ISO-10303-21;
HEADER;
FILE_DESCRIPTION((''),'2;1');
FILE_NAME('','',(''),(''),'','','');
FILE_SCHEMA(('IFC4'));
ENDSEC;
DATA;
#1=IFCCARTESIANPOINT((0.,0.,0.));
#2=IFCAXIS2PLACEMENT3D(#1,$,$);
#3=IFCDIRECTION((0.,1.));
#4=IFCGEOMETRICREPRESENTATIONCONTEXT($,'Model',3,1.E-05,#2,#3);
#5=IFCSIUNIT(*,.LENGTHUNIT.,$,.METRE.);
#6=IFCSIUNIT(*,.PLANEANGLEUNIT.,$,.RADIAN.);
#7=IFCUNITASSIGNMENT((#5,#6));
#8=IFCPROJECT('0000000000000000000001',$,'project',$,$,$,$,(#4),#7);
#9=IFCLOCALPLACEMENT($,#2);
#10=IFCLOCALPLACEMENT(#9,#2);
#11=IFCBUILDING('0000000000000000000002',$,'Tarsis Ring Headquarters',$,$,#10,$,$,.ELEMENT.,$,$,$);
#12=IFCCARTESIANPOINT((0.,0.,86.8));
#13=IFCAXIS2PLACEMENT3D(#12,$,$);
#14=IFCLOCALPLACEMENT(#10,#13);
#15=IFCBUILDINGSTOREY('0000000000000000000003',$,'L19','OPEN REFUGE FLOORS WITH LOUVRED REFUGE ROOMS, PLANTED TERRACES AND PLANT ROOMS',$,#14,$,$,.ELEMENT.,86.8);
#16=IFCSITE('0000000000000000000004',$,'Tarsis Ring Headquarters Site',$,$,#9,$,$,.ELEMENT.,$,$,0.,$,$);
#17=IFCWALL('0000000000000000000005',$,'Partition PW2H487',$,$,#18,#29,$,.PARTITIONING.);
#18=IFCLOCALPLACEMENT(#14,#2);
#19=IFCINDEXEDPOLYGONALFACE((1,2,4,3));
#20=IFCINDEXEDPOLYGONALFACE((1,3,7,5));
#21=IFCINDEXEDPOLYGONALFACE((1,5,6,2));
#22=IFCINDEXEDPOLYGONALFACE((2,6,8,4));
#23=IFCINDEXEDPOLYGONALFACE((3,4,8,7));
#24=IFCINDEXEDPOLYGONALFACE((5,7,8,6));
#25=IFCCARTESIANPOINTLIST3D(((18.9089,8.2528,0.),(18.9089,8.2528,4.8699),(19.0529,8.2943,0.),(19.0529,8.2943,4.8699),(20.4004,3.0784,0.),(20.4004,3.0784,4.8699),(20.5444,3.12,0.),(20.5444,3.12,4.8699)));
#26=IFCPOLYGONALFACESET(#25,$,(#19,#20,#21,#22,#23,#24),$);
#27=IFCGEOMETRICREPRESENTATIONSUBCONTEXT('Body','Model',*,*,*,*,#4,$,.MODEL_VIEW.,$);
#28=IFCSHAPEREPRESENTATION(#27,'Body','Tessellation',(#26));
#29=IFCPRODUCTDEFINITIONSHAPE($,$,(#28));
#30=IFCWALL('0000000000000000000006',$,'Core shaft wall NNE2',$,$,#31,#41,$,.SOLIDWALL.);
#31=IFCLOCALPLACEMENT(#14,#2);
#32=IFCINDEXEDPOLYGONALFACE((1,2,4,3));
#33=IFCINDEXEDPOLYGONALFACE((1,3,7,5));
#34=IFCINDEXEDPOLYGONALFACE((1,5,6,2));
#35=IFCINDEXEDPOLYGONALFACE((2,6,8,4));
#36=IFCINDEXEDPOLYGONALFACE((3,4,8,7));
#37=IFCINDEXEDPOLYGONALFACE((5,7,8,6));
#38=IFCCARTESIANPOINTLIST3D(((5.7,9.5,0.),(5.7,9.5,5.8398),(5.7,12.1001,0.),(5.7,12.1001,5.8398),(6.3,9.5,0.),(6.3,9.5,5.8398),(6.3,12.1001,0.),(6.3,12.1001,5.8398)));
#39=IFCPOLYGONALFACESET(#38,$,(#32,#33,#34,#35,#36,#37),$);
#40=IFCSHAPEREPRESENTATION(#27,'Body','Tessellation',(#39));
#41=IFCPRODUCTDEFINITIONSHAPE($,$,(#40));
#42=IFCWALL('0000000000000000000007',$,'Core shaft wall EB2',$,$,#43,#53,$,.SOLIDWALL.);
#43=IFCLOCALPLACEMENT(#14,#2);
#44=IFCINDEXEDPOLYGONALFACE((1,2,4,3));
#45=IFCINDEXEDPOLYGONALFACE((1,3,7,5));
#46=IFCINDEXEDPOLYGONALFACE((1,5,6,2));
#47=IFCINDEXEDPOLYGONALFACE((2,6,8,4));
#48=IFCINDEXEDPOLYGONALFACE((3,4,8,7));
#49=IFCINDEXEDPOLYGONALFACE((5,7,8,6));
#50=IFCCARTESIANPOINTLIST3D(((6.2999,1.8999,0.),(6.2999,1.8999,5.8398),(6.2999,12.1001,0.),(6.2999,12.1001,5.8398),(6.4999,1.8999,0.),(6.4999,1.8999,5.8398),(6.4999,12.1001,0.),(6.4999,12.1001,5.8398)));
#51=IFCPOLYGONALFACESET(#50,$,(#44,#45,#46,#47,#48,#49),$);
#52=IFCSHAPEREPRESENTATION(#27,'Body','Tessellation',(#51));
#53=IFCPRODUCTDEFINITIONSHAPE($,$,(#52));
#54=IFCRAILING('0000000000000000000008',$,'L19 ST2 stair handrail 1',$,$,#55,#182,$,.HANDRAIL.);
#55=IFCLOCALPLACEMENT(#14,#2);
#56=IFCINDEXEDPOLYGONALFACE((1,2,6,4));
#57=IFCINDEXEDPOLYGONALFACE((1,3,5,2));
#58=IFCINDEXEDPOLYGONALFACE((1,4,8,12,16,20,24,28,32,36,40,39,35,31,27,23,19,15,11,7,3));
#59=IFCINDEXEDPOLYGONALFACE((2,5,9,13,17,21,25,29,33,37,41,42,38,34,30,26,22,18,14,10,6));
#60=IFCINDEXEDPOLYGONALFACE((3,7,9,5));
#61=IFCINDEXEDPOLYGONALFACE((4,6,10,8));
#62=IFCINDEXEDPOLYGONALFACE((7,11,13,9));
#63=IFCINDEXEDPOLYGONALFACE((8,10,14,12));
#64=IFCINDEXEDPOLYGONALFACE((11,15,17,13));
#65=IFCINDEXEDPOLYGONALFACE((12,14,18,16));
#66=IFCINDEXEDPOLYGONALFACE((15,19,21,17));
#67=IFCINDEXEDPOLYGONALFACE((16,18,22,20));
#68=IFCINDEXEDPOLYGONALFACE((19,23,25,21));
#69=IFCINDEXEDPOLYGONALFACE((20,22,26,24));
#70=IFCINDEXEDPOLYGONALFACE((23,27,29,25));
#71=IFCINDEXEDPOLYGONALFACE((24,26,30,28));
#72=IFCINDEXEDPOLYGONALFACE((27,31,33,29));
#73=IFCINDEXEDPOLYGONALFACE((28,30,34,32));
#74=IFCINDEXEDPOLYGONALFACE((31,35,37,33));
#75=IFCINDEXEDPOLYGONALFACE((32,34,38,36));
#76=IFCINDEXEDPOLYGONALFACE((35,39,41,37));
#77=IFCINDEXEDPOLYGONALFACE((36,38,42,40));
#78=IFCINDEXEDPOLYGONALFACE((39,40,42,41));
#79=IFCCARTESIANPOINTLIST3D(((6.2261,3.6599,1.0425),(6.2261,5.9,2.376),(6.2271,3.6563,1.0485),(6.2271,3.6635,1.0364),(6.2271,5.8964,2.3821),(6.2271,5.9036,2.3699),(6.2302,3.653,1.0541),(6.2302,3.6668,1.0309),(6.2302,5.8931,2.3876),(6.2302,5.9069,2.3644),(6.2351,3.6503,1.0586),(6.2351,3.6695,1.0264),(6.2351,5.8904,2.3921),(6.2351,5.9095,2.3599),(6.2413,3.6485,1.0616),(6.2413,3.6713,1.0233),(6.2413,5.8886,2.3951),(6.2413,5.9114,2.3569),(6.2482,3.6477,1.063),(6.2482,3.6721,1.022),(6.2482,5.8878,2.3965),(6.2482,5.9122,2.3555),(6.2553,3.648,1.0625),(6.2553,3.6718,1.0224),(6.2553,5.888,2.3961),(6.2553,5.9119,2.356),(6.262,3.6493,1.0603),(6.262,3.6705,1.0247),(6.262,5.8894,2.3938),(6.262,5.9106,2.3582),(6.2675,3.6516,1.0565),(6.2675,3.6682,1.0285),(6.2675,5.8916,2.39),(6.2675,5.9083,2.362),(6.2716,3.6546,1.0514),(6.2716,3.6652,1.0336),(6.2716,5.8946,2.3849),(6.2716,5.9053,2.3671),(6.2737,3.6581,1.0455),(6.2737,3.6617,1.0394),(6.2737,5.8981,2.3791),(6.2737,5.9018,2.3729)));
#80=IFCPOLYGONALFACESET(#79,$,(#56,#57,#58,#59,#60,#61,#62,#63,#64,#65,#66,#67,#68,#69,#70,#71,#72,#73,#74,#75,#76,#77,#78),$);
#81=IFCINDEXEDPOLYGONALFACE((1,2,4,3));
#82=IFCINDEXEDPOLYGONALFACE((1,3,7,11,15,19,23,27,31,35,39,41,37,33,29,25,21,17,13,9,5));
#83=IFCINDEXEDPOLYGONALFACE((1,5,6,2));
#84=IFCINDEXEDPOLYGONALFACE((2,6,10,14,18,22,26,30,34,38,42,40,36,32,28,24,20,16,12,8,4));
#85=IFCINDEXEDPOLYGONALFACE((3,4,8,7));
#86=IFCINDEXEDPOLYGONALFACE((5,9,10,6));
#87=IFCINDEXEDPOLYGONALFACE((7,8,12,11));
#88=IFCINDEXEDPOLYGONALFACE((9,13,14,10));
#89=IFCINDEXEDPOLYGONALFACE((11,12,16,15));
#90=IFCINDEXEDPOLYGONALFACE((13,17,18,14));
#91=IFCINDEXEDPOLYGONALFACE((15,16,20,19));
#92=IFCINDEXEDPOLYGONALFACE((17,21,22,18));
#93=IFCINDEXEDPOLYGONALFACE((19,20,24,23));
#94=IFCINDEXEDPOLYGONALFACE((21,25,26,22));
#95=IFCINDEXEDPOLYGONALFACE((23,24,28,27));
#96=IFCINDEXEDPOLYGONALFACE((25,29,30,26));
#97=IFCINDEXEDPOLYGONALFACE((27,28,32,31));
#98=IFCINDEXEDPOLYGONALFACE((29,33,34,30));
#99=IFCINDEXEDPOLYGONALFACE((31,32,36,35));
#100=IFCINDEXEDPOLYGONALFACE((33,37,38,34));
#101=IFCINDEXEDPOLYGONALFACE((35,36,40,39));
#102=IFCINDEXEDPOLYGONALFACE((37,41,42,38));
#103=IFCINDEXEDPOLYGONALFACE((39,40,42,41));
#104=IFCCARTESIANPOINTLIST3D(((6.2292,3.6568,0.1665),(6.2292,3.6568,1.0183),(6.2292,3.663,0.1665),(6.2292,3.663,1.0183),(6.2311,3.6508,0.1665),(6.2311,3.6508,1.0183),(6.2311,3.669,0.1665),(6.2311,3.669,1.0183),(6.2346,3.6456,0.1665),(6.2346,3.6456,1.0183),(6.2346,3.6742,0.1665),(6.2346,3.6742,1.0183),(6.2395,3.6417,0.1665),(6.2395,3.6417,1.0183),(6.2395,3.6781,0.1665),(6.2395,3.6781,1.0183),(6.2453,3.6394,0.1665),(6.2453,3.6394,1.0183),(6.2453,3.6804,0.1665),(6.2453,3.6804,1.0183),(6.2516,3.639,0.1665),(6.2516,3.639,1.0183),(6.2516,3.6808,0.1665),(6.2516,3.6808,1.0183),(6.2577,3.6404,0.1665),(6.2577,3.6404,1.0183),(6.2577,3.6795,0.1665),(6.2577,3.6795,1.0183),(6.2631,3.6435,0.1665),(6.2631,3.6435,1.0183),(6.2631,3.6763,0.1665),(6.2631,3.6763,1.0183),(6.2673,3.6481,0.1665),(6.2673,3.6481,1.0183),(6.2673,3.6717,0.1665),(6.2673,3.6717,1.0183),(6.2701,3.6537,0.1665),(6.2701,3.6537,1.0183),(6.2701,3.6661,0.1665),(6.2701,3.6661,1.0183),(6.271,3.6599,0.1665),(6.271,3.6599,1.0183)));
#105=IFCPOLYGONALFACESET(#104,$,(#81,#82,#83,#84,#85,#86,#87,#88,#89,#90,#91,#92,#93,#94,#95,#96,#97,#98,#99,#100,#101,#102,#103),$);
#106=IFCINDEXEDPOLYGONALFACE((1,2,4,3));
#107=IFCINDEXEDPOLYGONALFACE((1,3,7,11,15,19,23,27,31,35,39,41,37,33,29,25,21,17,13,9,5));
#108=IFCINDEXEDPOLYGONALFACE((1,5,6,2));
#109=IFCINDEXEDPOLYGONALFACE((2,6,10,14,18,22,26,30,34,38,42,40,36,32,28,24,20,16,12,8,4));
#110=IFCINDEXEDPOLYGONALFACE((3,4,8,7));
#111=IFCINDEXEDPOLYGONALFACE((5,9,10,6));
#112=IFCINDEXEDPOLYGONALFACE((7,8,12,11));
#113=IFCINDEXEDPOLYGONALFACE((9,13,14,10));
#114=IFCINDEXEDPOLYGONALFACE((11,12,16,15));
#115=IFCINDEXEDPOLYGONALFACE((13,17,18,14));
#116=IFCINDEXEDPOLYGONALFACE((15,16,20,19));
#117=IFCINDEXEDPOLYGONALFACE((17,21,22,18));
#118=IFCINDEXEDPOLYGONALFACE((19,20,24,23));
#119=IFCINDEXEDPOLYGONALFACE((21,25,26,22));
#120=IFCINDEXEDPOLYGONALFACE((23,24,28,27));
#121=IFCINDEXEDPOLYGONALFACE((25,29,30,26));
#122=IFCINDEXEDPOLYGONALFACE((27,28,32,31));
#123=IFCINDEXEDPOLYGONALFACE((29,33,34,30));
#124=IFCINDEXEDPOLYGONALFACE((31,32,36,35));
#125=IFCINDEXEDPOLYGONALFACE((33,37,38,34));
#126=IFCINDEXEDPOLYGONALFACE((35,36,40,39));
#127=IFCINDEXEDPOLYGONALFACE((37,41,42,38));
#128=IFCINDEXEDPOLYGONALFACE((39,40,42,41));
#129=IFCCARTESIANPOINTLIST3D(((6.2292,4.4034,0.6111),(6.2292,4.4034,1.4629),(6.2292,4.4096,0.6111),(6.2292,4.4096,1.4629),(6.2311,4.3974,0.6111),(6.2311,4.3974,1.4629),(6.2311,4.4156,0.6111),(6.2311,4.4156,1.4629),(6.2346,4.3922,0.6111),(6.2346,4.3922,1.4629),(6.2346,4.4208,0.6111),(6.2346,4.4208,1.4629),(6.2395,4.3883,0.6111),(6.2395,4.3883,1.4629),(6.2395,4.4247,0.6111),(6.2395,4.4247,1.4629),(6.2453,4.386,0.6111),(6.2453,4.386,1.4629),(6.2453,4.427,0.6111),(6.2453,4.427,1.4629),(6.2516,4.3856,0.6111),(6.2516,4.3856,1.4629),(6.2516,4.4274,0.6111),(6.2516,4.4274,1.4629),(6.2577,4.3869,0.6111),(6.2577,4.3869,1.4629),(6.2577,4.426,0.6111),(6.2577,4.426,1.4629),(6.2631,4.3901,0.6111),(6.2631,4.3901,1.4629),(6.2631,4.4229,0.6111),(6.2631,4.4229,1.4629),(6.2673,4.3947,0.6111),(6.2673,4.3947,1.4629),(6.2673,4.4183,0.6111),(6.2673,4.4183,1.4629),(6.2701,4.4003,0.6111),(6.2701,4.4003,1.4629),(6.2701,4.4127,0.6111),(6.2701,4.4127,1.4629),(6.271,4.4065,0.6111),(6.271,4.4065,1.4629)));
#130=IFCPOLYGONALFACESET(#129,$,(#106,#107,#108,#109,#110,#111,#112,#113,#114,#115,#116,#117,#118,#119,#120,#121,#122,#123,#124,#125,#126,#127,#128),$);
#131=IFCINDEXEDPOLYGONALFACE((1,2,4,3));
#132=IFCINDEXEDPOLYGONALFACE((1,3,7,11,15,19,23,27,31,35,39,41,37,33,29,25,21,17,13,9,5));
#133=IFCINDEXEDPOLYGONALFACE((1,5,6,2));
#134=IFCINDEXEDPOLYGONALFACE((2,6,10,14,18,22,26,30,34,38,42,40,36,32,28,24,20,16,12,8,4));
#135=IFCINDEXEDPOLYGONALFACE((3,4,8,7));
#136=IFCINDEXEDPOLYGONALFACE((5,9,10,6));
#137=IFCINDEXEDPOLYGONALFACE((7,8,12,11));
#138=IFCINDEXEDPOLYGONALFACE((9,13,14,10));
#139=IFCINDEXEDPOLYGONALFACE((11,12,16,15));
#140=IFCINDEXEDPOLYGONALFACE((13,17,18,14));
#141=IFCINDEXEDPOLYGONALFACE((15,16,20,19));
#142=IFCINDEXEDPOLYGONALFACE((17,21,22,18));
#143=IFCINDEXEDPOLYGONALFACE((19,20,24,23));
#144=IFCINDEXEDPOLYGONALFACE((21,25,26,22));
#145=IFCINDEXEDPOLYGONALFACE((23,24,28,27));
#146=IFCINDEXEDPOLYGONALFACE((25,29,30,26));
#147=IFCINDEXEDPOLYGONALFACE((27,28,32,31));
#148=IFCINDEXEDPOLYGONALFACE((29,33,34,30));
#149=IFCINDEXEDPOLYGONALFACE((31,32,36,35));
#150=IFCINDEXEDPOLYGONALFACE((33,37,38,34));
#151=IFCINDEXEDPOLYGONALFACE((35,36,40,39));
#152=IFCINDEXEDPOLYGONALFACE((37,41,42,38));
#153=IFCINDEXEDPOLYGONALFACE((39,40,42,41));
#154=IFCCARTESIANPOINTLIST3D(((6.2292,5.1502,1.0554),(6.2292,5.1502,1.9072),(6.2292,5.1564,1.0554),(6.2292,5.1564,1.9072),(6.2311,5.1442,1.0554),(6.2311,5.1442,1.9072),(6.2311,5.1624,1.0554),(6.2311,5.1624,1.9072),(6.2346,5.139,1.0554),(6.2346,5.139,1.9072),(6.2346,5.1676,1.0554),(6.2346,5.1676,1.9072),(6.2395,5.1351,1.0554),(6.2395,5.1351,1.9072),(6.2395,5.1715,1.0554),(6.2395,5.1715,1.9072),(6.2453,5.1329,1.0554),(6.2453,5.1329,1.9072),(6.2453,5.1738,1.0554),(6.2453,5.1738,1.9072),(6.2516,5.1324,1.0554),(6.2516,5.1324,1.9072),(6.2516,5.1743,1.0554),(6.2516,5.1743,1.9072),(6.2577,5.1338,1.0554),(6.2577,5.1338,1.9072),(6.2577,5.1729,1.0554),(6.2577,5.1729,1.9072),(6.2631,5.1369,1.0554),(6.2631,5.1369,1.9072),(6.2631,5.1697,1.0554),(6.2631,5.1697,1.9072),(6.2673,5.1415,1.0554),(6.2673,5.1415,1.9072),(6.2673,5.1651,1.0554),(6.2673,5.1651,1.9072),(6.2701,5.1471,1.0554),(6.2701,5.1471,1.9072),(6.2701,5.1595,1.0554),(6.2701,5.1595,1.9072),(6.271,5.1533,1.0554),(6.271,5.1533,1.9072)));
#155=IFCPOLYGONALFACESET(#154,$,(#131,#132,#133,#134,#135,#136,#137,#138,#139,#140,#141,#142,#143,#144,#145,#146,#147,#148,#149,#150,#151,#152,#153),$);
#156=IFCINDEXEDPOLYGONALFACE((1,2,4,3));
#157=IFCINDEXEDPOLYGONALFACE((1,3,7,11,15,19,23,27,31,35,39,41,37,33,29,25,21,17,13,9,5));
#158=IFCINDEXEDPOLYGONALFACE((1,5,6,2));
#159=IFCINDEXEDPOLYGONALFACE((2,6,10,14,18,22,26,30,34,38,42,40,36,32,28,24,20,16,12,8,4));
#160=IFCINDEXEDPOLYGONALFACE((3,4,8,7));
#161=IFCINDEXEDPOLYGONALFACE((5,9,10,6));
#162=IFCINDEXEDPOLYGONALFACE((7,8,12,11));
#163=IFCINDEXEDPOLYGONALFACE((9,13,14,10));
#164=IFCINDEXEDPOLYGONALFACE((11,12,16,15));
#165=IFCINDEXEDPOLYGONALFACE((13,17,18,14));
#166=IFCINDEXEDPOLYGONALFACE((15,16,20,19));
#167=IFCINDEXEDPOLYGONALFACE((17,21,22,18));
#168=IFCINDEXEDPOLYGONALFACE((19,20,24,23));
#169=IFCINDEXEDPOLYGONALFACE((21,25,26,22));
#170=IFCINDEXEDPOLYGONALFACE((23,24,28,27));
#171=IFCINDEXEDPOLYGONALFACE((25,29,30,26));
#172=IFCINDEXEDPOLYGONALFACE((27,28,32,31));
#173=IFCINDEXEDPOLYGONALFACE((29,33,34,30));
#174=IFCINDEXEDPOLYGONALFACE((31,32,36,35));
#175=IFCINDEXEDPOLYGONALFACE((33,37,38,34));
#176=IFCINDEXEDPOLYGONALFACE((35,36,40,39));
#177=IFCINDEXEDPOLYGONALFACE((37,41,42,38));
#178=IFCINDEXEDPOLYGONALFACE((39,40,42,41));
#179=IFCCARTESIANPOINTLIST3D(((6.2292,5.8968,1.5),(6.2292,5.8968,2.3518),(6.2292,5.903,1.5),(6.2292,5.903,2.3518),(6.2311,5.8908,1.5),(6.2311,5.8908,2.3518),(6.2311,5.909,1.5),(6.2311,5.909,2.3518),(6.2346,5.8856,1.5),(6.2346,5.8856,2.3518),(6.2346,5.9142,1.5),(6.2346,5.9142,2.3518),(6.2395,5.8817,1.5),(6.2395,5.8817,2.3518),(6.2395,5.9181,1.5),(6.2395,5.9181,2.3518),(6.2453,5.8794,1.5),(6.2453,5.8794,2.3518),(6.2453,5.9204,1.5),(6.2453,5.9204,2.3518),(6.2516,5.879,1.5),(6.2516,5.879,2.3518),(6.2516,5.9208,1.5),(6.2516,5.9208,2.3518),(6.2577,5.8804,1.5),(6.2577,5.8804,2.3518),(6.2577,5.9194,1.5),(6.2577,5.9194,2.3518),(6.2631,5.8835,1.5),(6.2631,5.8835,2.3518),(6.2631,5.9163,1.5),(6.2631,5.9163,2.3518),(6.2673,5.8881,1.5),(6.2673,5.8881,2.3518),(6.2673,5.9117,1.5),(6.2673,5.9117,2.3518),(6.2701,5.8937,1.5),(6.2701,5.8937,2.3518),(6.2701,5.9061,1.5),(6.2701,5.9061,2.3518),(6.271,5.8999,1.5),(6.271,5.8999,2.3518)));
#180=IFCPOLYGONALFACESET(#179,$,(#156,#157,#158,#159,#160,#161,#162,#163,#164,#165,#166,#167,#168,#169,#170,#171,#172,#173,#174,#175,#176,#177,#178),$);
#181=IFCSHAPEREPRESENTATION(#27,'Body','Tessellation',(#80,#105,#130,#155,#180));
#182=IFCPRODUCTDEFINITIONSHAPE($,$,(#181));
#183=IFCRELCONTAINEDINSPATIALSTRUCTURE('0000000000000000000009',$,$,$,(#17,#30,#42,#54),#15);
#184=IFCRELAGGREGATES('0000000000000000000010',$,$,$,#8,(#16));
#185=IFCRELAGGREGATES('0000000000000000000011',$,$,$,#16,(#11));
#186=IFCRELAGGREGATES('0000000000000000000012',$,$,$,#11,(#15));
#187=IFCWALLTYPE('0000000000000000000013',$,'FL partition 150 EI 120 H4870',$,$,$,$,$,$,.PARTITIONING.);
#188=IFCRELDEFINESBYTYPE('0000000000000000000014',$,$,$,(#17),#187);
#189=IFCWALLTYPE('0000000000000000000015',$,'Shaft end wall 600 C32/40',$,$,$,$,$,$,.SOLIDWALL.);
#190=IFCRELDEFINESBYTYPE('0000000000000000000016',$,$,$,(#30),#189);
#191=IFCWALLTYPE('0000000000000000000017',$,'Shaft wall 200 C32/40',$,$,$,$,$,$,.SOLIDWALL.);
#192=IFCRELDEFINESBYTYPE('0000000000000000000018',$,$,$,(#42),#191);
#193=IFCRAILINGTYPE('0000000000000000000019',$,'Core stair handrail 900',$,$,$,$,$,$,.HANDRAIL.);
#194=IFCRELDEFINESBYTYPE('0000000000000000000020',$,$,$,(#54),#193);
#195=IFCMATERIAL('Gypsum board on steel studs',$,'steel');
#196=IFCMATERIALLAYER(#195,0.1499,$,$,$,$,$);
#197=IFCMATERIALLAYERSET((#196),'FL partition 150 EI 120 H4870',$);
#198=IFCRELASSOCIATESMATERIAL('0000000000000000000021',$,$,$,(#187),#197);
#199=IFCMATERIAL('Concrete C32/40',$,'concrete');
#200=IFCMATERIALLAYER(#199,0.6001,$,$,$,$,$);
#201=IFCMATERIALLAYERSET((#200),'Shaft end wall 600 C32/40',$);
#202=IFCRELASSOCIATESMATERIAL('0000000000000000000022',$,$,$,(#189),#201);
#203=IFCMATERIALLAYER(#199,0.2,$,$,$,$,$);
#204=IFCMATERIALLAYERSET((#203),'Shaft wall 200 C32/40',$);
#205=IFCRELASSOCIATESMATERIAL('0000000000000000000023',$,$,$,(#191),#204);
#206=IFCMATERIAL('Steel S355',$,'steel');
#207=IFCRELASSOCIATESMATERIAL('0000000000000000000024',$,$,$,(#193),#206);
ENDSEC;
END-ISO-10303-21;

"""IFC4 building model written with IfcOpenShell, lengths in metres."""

from ifc_helpers import new_model, si_unit, direction, frame, frame_2d, origin, origin_2d, place, context, subcontext, project, spatial, rectangle, circle, extrude, material, layer, layer_set, type_object, element, save


model = new_model("IFC4")

# Units and contexts
model_context = context("Model", 3, precision=1e-05, world=origin(), true_north=direction((0.0, 1.0)))
body_context = subcontext(model_context, "Body", "Model", "MODEL_VIEW")
ifc_project = project(units=[si_unit("LENGTHUNIT", "METRE"), si_unit("PLANEANGLEUNIT", "RADIAN")], contexts=[model_context])

# Site, building, storey
site_placement = place(None, origin())
site = spatial("IfcSite", under=ifc_project, at=site_placement, Name="Tarsis Ring Headquarters Site", CompositionType="ELEMENT", RefElevation=0.0)
building_placement = place(site_placement, origin())
building = spatial("IfcBuilding", under=site, at=building_placement, Name="Tarsis Ring Headquarters", CompositionType="ELEMENT")
storey_placement = place(building_placement, frame((0.0, 0.0, 86.8)))
storey = spatial("IfcBuildingStorey", under=building, at=storey_placement, Name="L19", Description="OPEN REFUGE FLOORS WITH LOUVRED REFUGE ROOMS, PLANTED TERRACES AND PLANT ROOMS", CompositionType="ELEMENT", Elevation=86.8)

# Shared definitions
ifc_material_1 = material(Name="Gypsum board on steel studs", Category="steel")
ifc_layer_1 = layer(ifc_material_1, 0.1499)
ifc_layer_set_1 = layer_set([ifc_layer_1], Name="FL partition 150 EI 120 H4870")
wall_type_1 = type_object("IfcWallType", Name="FL partition 150 EI 120 H4870", PredefinedType="PARTITIONING", material=ifc_layer_set_1)

# Walls
wall_1_placement = place(storey_placement, frame((18.981, 8.2734, 0.0), z_axis=(0.0, 0.0, 1.0), x_axis=(0.276966, -0.96088, 0.0)))
element("IfcWall", 1, at=wall_1_placement, inside=storey, type_object=wall_type_1, Name="Partition PW2H487", PredefinedType="PARTITIONING", context=body_context, shape_type="SweptSolid", body=[
    extrude(rectangle(XDim=5.385, YDim=0.1499, at=frame_2d((2.6924, 0.0))), origin(), (0.0, 0.0, 1.0), 4.8699),
])
ifc_material_2 = material(Name="Concrete C32/40", Category="concrete")
ifc_layer_2 = layer(ifc_material_2, 0.6001)
ifc_layer_set_2 = layer_set([ifc_layer_2], Name="Shaft end wall 600 C32/40")
wall_type_2 = type_object("IfcWallType", Name="Shaft end wall 600 C32/40", PredefinedType="SOLIDWALL", material=ifc_layer_set_2)
wall_2_placement = place(storey_placement, frame((6.0, 9.5, 0.0), z_axis=(0.0, 0.0, 1.0), x_axis=(0.0, 1.0, 0.0)))
element("IfcWall", 2, at=wall_2_placement, inside=storey, type_object=wall_type_2, Name="Core shaft wall NNE2", PredefinedType="SOLIDWALL", context=body_context, shape_type="SweptSolid", body=[
    extrude(rectangle(XDim=2.6001, YDim=0.6001, at=frame_2d((1.3, 0.0))), origin(), (0.0, 0.0, 1.0), 5.8398),
])
ifc_layer_3 = layer(ifc_material_2, 0.2)
ifc_layer_set_3 = layer_set([ifc_layer_3], Name="Shaft wall 200 C32/40")
wall_type_3 = type_object("IfcWallType", Name="Shaft wall 200 C32/40", PredefinedType="SOLIDWALL", material=ifc_layer_set_3)
wall_3_placement = place(storey_placement, frame((6.3999, 1.8999, 0.0), z_axis=(0.0, 0.0, 1.0), x_axis=(0.0, 1.0, 0.0)))
element("IfcWall", 3, at=wall_3_placement, inside=storey, type_object=wall_type_3, Name="Core shaft wall EB2", PredefinedType="SOLIDWALL", context=body_context, shape_type="SweptSolid", body=[
    extrude(rectangle(XDim=10.2002, YDim=0.2, at=frame_2d((5.1001, 0.0))), origin(), (0.0, 0.0, 1.0), 5.8398),
])

# Railing
ifc_material_3 = material(Name="Steel S355", Category="steel")
railing_type_1 = type_object("IfcRailingType", Name="Core stair handrail 900", PredefinedType="HANDRAIL", material=ifc_material_3)
for number, where, name in (
    (4, (6.25, 3.6599, 0.1665), "L19 ST2 stair handrail 1"),
):
    element("IfcRailing", number, at=place(storey_placement, frame(where)), inside=storey, type_object=railing_type_1, Name=name, PredefinedType="HANDRAIL", context=body_context, shape_type="SweptSolid", body=[
        extrude(circle(Radius=0.0239, at=origin_2d()), frame((0.0, 0.0, 0.876), z_axis=(0.0, 0.859264, 0.511532), x_axis=(-1.0, 0.0, 0.0)), (0.0, 0.0, 1.0), 2.6069),
        extrude(circle(Radius=0.021, at=origin_2d()), origin(), (0.0, 0.0, 1.0), 0.8518),
        extrude(circle(Radius=0.021, at=origin_2d()), frame((0.0, 0.7466, 0.4446)), (0.0, 0.0, 1.0), 0.8518),
        extrude(circle(Radius=0.021, at=origin_2d()), frame((0.0, 1.4934, 0.8889)), (0.0, 0.0, 1.0), 0.8518),
        extrude(circle(Radius=0.021, at=origin_2d()), frame((0.0, 2.24, 1.3335)), (0.0, 0.0, 1.0), 0.8518),
    ])

save(model, "model.ifc")
